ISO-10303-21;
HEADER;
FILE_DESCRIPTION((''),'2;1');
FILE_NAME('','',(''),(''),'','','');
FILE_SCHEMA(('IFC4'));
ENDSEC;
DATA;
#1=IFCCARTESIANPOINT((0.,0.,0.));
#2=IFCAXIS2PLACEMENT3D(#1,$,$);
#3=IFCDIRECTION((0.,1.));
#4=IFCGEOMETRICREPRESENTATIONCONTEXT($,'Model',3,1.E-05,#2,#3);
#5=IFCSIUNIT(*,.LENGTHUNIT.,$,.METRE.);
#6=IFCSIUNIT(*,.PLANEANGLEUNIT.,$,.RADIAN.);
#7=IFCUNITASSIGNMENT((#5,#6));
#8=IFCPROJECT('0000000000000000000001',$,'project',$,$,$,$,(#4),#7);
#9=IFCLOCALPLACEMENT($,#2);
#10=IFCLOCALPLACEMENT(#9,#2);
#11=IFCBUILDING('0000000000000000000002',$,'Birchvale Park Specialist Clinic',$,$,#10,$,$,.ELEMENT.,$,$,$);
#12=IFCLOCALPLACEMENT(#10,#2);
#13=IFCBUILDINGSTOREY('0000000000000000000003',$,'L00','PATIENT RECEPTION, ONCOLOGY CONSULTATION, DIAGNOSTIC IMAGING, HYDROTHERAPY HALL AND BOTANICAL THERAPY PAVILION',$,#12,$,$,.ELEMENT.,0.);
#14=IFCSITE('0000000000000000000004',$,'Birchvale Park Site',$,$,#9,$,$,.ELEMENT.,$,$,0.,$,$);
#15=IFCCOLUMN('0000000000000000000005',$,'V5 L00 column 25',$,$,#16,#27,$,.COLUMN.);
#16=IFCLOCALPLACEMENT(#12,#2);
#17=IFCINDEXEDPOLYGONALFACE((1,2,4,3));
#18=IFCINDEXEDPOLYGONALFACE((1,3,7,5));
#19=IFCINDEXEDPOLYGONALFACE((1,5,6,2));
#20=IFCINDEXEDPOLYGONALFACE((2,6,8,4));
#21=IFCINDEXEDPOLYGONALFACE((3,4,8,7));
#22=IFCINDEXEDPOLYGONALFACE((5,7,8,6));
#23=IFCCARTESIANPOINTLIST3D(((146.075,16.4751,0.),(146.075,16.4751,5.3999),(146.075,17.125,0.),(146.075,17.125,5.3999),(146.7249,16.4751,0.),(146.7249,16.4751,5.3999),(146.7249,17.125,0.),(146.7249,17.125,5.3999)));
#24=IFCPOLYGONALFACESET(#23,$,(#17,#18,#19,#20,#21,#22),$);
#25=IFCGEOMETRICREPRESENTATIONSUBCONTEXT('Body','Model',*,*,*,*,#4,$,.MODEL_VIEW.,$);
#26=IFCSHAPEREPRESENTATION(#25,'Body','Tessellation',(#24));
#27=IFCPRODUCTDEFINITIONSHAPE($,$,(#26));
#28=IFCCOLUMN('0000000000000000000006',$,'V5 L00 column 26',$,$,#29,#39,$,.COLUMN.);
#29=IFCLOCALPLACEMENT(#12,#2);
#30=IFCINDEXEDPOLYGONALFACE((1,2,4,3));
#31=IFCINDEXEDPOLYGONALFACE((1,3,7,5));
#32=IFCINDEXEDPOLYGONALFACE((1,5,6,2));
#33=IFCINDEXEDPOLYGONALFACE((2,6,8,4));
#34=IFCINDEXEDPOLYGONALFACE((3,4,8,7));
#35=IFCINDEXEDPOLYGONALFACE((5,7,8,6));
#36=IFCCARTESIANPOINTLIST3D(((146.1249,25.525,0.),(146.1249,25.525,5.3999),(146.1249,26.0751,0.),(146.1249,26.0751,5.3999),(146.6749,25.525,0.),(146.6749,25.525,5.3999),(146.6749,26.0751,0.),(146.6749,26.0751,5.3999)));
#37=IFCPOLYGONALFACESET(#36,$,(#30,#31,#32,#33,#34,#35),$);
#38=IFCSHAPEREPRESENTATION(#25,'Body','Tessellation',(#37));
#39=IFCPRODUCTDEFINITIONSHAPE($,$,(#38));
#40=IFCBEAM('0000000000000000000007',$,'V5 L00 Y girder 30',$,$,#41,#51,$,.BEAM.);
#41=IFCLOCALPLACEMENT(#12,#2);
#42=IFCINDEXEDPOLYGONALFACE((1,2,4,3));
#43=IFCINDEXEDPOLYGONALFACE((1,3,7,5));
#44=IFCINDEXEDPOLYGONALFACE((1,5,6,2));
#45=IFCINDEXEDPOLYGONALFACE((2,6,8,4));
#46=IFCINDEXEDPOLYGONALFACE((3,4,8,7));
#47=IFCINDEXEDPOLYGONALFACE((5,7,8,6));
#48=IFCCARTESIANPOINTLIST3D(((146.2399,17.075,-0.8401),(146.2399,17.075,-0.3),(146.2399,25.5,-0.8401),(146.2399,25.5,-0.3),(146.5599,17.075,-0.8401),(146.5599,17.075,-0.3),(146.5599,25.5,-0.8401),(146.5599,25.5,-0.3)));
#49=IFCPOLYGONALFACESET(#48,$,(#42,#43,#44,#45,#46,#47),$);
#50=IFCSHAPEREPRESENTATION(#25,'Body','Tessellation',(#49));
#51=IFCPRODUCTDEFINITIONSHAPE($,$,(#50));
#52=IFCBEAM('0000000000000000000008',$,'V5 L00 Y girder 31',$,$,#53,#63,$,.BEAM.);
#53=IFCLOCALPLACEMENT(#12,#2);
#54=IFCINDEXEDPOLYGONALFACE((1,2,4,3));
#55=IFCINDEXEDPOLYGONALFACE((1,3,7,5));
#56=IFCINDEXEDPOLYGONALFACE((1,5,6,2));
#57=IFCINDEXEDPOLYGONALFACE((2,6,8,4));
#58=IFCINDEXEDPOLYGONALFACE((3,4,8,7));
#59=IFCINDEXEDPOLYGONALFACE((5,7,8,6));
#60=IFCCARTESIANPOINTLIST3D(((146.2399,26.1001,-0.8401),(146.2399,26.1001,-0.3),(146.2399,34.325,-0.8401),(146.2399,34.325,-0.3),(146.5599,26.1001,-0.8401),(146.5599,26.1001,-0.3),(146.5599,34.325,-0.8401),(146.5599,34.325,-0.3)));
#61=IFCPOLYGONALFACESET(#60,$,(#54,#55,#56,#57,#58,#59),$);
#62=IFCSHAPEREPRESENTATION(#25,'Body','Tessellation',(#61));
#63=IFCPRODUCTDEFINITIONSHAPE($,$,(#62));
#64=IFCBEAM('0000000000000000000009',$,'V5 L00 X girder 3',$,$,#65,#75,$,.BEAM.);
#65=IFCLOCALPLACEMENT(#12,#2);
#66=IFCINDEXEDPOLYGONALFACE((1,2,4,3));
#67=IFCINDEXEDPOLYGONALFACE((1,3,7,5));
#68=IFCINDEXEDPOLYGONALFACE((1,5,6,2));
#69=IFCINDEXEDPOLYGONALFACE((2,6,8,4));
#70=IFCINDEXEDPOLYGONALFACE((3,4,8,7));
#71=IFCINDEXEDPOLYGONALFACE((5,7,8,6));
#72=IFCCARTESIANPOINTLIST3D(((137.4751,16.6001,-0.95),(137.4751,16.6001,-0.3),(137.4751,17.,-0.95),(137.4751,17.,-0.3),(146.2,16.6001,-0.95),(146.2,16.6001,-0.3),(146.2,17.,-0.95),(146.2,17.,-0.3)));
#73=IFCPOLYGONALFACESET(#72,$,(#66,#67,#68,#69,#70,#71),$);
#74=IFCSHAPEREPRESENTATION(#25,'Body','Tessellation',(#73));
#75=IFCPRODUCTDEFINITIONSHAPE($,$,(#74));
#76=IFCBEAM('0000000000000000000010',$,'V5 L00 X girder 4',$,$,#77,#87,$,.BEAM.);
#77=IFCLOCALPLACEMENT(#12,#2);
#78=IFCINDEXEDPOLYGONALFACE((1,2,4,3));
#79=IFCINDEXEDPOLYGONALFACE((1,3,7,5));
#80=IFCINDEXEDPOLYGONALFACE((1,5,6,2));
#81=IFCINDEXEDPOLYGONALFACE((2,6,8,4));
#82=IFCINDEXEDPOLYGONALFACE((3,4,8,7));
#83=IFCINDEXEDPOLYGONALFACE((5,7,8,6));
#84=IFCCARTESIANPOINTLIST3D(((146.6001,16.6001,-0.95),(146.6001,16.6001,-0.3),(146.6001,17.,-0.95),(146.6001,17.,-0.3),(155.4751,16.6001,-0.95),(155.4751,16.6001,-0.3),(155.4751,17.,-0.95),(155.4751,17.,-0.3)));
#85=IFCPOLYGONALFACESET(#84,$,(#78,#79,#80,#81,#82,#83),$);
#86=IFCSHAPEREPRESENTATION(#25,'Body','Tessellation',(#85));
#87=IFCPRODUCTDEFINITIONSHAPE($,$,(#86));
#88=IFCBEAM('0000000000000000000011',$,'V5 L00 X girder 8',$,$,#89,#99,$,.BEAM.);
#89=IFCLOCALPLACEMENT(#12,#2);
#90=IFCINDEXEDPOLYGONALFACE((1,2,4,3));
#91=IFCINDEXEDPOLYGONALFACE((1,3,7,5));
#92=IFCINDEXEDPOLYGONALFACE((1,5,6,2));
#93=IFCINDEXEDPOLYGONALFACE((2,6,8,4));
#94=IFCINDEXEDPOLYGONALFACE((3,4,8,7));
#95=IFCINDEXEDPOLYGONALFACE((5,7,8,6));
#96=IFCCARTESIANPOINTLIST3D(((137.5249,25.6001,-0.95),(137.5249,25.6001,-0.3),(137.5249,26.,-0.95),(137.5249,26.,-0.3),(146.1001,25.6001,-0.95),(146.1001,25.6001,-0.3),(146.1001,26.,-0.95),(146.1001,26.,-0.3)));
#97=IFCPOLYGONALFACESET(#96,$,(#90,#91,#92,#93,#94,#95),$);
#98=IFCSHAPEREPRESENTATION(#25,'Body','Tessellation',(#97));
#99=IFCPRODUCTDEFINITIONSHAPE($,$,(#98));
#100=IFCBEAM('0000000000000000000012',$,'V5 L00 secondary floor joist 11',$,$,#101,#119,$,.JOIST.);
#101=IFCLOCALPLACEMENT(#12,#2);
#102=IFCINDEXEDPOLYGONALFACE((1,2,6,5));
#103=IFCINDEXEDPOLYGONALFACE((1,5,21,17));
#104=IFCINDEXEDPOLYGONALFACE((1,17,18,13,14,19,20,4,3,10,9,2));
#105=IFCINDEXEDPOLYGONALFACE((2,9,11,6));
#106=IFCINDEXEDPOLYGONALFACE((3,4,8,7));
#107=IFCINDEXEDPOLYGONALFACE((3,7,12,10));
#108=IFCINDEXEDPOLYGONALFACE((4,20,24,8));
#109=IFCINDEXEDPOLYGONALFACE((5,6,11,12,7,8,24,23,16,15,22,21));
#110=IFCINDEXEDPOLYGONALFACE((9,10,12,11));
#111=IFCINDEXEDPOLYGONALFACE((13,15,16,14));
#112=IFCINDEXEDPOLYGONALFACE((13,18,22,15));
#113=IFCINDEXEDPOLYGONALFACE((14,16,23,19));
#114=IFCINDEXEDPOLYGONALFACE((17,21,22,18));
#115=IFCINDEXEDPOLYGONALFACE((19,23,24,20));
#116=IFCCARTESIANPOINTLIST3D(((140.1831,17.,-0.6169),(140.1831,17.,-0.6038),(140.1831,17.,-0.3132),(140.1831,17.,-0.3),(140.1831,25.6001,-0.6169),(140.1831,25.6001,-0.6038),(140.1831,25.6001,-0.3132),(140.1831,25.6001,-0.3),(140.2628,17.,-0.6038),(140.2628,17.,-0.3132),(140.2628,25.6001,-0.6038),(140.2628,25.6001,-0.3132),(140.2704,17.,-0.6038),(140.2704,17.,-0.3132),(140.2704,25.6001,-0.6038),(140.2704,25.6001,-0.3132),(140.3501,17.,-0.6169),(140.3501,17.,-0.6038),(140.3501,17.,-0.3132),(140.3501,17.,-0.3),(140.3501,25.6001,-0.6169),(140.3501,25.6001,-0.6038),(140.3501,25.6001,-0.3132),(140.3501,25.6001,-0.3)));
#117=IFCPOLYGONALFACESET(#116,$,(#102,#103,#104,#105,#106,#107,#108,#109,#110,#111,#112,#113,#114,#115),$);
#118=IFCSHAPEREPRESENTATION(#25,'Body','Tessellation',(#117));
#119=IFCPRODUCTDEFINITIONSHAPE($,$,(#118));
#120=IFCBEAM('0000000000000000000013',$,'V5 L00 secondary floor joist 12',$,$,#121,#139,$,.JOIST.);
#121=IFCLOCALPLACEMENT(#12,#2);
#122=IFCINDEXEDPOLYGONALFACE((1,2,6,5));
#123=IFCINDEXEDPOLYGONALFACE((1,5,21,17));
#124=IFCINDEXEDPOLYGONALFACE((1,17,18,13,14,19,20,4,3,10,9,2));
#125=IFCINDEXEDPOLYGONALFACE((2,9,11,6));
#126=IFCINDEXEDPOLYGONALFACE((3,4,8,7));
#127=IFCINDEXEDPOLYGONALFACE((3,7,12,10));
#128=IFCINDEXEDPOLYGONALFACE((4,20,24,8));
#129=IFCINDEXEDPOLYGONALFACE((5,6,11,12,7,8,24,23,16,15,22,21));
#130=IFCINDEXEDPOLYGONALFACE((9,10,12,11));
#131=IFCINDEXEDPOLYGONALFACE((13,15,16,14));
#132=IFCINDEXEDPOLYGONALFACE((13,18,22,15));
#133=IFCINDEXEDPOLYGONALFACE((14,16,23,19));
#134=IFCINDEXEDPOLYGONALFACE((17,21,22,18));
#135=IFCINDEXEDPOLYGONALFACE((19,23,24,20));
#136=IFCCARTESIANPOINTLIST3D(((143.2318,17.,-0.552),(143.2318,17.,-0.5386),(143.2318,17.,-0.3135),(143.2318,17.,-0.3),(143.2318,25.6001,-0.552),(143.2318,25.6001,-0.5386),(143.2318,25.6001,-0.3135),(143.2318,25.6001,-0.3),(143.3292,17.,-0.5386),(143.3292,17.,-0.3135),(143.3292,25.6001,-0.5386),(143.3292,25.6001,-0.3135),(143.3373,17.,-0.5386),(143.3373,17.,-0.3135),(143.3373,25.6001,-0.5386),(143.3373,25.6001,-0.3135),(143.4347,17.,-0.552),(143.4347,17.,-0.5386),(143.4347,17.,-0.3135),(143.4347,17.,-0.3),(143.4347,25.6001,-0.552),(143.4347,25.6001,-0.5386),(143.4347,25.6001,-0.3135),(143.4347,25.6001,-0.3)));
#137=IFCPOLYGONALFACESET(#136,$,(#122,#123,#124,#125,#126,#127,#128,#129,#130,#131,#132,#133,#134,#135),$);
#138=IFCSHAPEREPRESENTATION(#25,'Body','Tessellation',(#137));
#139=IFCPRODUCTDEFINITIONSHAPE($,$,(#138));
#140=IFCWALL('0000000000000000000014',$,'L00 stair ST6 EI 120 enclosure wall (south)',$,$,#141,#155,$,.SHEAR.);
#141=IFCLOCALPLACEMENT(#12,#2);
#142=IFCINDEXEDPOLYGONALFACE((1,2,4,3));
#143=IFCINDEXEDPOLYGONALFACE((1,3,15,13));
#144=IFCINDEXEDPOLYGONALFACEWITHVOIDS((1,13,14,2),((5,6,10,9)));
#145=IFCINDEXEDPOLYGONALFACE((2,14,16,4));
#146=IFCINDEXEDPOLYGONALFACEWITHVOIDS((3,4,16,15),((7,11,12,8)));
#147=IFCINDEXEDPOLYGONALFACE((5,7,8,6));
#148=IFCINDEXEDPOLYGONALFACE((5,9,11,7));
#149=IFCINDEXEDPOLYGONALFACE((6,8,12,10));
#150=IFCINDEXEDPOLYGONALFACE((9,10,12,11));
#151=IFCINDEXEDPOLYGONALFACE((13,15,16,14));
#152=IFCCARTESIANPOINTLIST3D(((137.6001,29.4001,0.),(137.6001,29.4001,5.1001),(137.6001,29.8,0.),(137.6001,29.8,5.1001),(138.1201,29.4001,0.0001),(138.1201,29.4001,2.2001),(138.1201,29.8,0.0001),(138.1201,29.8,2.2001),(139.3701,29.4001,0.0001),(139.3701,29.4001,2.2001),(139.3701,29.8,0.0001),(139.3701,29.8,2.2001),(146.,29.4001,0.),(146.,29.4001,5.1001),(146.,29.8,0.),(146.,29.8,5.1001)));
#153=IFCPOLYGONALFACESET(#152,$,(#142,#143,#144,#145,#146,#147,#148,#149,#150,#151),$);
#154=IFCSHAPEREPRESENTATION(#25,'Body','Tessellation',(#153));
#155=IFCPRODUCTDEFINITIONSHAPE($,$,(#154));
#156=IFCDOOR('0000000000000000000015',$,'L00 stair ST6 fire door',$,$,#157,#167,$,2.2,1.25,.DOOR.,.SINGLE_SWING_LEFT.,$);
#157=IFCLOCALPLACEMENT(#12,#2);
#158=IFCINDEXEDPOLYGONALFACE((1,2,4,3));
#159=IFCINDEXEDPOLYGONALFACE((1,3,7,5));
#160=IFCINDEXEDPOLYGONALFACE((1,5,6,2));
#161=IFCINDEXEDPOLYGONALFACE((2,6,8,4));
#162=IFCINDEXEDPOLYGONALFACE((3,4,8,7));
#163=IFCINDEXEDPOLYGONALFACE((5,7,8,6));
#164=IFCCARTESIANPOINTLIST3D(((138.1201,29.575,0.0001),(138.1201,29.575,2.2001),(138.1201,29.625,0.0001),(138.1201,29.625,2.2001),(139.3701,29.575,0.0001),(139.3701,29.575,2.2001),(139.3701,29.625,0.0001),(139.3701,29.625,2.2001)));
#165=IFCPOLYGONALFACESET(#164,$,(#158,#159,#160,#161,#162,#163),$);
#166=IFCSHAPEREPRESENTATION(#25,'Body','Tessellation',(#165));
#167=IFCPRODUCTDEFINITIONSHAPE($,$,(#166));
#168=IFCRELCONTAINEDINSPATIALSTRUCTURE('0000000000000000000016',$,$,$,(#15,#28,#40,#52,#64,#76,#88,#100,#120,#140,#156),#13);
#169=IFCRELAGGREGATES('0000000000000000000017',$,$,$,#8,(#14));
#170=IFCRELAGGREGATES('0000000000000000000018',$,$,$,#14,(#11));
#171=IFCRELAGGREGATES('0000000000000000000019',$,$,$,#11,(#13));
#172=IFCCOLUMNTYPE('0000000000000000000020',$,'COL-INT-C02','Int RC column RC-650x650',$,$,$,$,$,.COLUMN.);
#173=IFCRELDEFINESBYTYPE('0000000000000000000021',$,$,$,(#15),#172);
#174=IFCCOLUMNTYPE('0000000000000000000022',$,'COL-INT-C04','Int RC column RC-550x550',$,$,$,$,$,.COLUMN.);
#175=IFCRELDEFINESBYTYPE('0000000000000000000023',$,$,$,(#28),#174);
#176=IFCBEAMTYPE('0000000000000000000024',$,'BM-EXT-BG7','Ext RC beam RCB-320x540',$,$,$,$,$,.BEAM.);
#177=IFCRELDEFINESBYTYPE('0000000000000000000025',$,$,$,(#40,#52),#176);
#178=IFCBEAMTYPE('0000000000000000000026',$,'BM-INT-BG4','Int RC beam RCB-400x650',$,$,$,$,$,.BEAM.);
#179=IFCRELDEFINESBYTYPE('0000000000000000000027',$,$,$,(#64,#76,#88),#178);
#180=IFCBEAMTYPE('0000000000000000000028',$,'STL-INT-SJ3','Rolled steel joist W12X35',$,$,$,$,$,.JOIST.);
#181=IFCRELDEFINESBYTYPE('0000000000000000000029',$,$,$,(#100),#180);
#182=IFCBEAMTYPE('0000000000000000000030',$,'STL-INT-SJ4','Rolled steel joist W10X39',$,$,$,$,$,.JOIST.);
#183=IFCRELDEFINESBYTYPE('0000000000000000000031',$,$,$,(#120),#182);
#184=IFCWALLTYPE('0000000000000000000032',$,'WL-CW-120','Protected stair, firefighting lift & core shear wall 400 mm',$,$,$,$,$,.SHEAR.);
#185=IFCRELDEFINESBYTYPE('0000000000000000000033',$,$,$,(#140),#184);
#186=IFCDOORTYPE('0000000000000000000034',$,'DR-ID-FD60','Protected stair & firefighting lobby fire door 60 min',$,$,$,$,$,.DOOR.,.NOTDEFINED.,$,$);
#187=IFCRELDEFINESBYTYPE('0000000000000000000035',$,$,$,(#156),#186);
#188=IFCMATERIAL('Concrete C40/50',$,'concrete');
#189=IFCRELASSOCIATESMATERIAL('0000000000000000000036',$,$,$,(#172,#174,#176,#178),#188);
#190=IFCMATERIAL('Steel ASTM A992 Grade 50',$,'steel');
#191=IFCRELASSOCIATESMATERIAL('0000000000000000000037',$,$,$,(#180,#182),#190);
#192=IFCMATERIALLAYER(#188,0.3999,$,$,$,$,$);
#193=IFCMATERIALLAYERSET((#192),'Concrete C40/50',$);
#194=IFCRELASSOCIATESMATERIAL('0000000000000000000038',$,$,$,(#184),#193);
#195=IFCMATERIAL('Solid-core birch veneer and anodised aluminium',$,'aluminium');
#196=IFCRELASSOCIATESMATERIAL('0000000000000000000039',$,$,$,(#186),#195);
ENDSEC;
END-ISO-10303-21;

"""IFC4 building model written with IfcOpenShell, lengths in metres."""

from ifc_helpers import new_model, si_unit, direction, frame, frame_2d, origin, origin_2d, place, context, subcontext, project, spatial, rectangle, i_section, extrude, material, layer, layer_set, material_profile, profile_set, type_object, element, fill, save


model = new_model("IFC4")

# Units and contexts
model_context = context("Model", 3, precision=1e-05, world=origin(), true_north=direction((0.0, 1.0)))
body_context = subcontext(model_context, "Body", "Model", "MODEL_VIEW")
ifc_project = project(units=[si_unit("LENGTHUNIT", "METRE"), si_unit("PLANEANGLEUNIT", "RADIAN")], contexts=[model_context])

# Site, building, storey
site_placement = place(None, origin())
site = spatial("IfcSite", under=ifc_project, at=site_placement, Name="Birchvale Park Site", CompositionType="ELEMENT", RefElevation=0.0)
building_placement = place(site_placement, origin())
building = spatial("IfcBuilding", under=site, at=building_placement, Name="Birchvale Park Specialist Clinic", CompositionType="ELEMENT")
storey_placement = place(building_placement, origin())
storey = spatial("IfcBuildingStorey", under=building, at=storey_placement, Name="L00", Description="PATIENT RECEPTION, ONCOLOGY CONSULTATION, DIAGNOSTIC IMAGING, HYDROTHERAPY HALL AND BOTANICAL THERAPY PAVILION", CompositionType="ELEMENT", Elevation=0.0)

# Columns
ifc_material_1 = material(Name="Concrete C40/50", Category="concrete")
ifc_material_profile_1 = material_profile(ifc_material_1, rectangle(XDim=0.6499, YDim=0.6499, at=origin_2d()), Name="RC-650x650")
ifc_profile_set_1 = profile_set([ifc_material_profile_1], Name="Concrete C40/50")
column_type_1 = type_object("IfcColumnType", Name="COL-INT-C02", Description="Int RC column RC-650x650", PredefinedType="COLUMN", material=ifc_profile_set_1)
column_1_placement = place(storey_placement, frame((146.3999, 16.8, 0.0), z_axis=(0.0, 0.0, 1.0), x_axis=(1.0, 0.0, 0.0)))
element("IfcColumn", 1, at=column_1_placement, inside=storey, type_object=column_type_1, Name="V5 L00 column 25", PredefinedType="COLUMN", context=body_context, shape_type="SweptSolid", body=[
    extrude(rectangle(XDim=0.6499, YDim=0.6499, at=origin_2d()), origin(), (0.0, 0.0, 1.0), 5.3999),
])
ifc_material_profile_2 = material_profile(ifc_material_1, rectangle(XDim=0.55, YDim=0.55, at=origin_2d()), Name="RC-550x550")
ifc_profile_set_2 = profile_set([ifc_material_profile_2], Name="Concrete C40/50")
column_type_2 = type_object("IfcColumnType", Name="COL-INT-C04", Description="Int RC column RC-550x550", PredefinedType="COLUMN", material=ifc_profile_set_2)
column_2_placement = place(storey_placement, frame((146.3999, 25.8, 0.0), z_axis=(0.0, 0.0, 1.0), x_axis=(1.0, 0.0, 0.0)))
element("IfcColumn", 2, at=column_2_placement, inside=storey, type_object=column_type_2, Name="V5 L00 column 26", PredefinedType="COLUMN", context=body_context, shape_type="SweptSolid", body=[
    extrude(rectangle(XDim=0.55, YDim=0.55, at=origin_2d()), origin(), (0.0, 0.0, 1.0), 5.3999),
])

# Beams
ifc_material_profile_3 = material_profile(ifc_material_1, rectangle(XDim=0.3201, YDim=0.54, at=origin_2d()), Name="RCB-320x540")
ifc_profile_set_3 = profile_set([ifc_material_profile_3], Name="Concrete C40/50")
beam_type_1 = type_object("IfcBeamType", Name="BM-EXT-BG7", Description="Ext RC beam RCB-320x540", PredefinedType="BEAM", material=ifc_profile_set_3)
beam_1_placement = place(storey_placement, frame((146.3999, 17.075, -0.5701), z_axis=(0.0, 1.0, 0.0), x_axis=(-1.0, 0.0, 0.0)))
element("IfcBeam", 3, at=beam_1_placement, inside=storey, type_object=beam_type_1, Name="V5 L00 Y girder 30", PredefinedType="BEAM", context=body_context, shape_type="SweptSolid", body=[
    extrude(rectangle(XDim=0.3201, YDim=0.54, at=origin_2d()), origin(), (0.0, 0.0, 1.0), 8.425),
])
beam_2_placement = place(storey_placement, frame((146.3999, 26.1001, -0.5701), z_axis=(0.0, 1.0, 0.0), x_axis=(-1.0, 0.0, 0.0)))
element("IfcBeam", 4, at=beam_2_placement, inside=storey, type_object=beam_type_1, Name="V5 L00 Y girder 31", PredefinedType="BEAM", context=body_context, shape_type="SweptSolid", body=[
    extrude(rectangle(XDim=0.3201, YDim=0.54, at=origin_2d()), origin(), (0.0, 0.0, 1.0), 8.2249),
])
ifc_material_profile_4 = material_profile(ifc_material_1, rectangle(XDim=0.3999, YDim=0.6499, at=origin_2d()), Name="RCB-400x650")
ifc_profile_set_4 = profile_set([ifc_material_profile_4], Name="Concrete C40/50")
beam_type_2 = type_object("IfcBeamType", Name="BM-INT-BG4", Description="Int RC beam RCB-400x650", PredefinedType="BEAM", material=ifc_profile_set_4)
beam_3_placement = place(storey_placement, frame((137.4751, 16.8, -0.625), z_axis=(1.0, 0.0, 0.0), x_axis=(0.0, 1.0, 0.0)))
element("IfcBeam", 5, at=beam_3_placement, inside=storey, type_object=beam_type_2, Name="V5 L00 X girder 3", PredefinedType="BEAM", context=body_context, shape_type="SweptSolid", body=[
    extrude(rectangle(XDim=0.3999, YDim=0.6499, at=origin_2d()), origin(), (0.0, 0.0, 1.0), 8.7249),
])
beam_4_placement = place(storey_placement, frame((146.6001, 16.8, -0.625), z_axis=(1.0, 0.0, 0.0), x_axis=(0.0, 1.0, 0.0)))
element("IfcBeam", 6, at=beam_4_placement, inside=storey, type_object=beam_type_2, Name="V5 L00 X girder 4", PredefinedType="BEAM", context=body_context, shape_type="SweptSolid", body=[
    extrude(rectangle(XDim=0.3999, YDim=0.6499, at=origin_2d()), origin(), (0.0, 0.0, 1.0), 8.875),
])
beam_5_placement = place(storey_placement, frame((137.5249, 25.8, -0.625), z_axis=(1.0, 0.0, 0.0), x_axis=(0.0, 1.0, 0.0)))
element("IfcBeam", 7, at=beam_5_placement, inside=storey, type_object=beam_type_2, Name="V5 L00 X girder 8", PredefinedType="BEAM", context=body_context, shape_type="SweptSolid", body=[
    extrude(rectangle(XDim=0.3999, YDim=0.6499, at=origin_2d()), origin(), (0.0, 0.0, 1.0), 8.5752),
])
ifc_material_2 = material(Name="Steel ASTM A992 Grade 50", Category="steel")
ifc_material_profile_5 = material_profile(ifc_material_2, i_section(OverallWidth=0.167, OverallDepth=0.3169, WebThickness=0.0076, FlangeThickness=0.0132, at=origin_2d()), Name="W12X35")
ifc_profile_set_5 = profile_set([ifc_material_profile_5], Name="Steel ASTM A992 Grade 50")
beam_type_3 = type_object("IfcBeamType", Name="STL-INT-SJ3", Description="Rolled steel joist W12X35", PredefinedType="JOIST", material=ifc_profile_set_5)
beam_6_placement = place(storey_placement, frame((140.2666, 17.0, -0.4585), z_axis=(0.0, 1.0, 0.0), x_axis=(-1.0, 0.0, 0.0)))
element("IfcBeam", 8, at=beam_6_placement, inside=storey, type_object=beam_type_3, Name="V5 L00 secondary floor joist 11", PredefinedType="JOIST", context=body_context, shape_type="SweptSolid", body=[
    extrude(i_section(OverallWidth=0.167, OverallDepth=0.3169, WebThickness=0.0076, FlangeThickness=0.0132, at=origin_2d()), origin(), (0.0, 0.0, 1.0), 8.6001),
])
ifc_material_profile_6 = material_profile(ifc_material_2, i_section(OverallWidth=0.2029, OverallDepth=0.252, WebThickness=0.0081, FlangeThickness=0.0134, at=origin_2d()), Name="W10X39")
ifc_profile_set_6 = profile_set([ifc_material_profile_6], Name="Steel ASTM A992 Grade 50")
beam_type_4 = type_object("IfcBeamType", Name="STL-INT-SJ4", Description="Rolled steel joist W10X39", PredefinedType="JOIST", material=ifc_profile_set_6)
beam_7_placement = place(storey_placement, frame((143.3333, 17.0, -0.426), z_axis=(0.0, 1.0, 0.0), x_axis=(-1.0, 0.0, 0.0)))
element("IfcBeam", 9, at=beam_7_placement, inside=storey, type_object=beam_type_4, Name="V5 L00 secondary floor joist 12", PredefinedType="JOIST", context=body_context, shape_type="SweptSolid", body=[
    extrude(i_section(OverallWidth=0.2029, OverallDepth=0.252, WebThickness=0.0081, FlangeThickness=0.0134, at=origin_2d()), origin(), (0.0, 0.0, 1.0), 8.6001),
])

# Wall, opening, door
ifc_layer_1 = layer(ifc_material_1, 0.3999)
ifc_layer_set_1 = layer_set([ifc_layer_1], Name="Concrete C40/50")
wall_type_1 = type_object("IfcWallType", Name="WL-CW-120", Description="Protected stair, firefighting lift & core shear wall 400 mm", PredefinedType="SHEAR", material=ifc_layer_set_1)
wall_1_placement = place(storey_placement, frame((137.6001, 29.6001, 0.0), z_axis=(0.0, 0.0, 1.0), x_axis=(1.0, 0.0, 0.0)))
wall_1 = element("IfcWall", 10, at=wall_1_placement, inside=storey, type_object=wall_type_1, Name="L00 stair ST6 EI 120 enclosure wall (south)", PredefinedType="SHEAR", context=body_context, shape_type="SweptSolid", body=[
    extrude(rectangle(XDim=8.3999, YDim=0.3999, at=frame_2d((4.2, 0.0))), origin(), (0.0, 0.0, 1.0), 5.1001),
])
opening_1_placement = place(wall_1_placement, frame((0.52, 0.0, 0.0)))
opening_1 = element("IfcOpeningElement", 11, at=opening_1_placement, cuts=wall_1, PredefinedType="OPENING", context=body_context, shape_type="SweptSolid", body=[
    extrude(rectangle(XDim=1.25, YDim=2.2, at=frame_2d((0.625, 1.1001))), frame((0.0, 0.21, 0.0), z_axis=(0.0, -1.0, 0.0), x_axis=(1.0, 0.0, 0.0)), (0.0, 0.0, 1.0), 0.4199),
])
ifc_material_3 = material(Name="Solid-core birch veneer and anodised aluminium", Category="aluminium")
door_type_1 = type_object("IfcDoorType", Name="DR-ID-FD60", Description="Protected stair & firefighting lobby fire door 60 min", OperationType="NOTDEFINED", PredefinedType="DOOR", material=ifc_material_3)
door_1_placement = place(opening_1_placement, origin())
door_1 = element("IfcDoor", 12, at=door_1_placement, inside=storey, type_object=door_type_1, Name="L00 stair ST6 fire door", OperationType="SINGLE_SWING_LEFT", OverallHeight=2.2, OverallWidth=1.25, PredefinedType="DOOR", context=body_context, shape_type="SweptSolid", body=[
    extrude(rectangle(XDim=1.25, YDim=2.2, at=frame_2d((0.625, 1.1001))), frame((0.0, 0.0249, 0.0), z_axis=(0.0, -1.0, 0.0), x_axis=(1.0, 0.0, 0.0)), (0.0, 0.0, 1.0), 0.05),
])
fill(opening_1, door_1)

save(model, "model.ifc")
